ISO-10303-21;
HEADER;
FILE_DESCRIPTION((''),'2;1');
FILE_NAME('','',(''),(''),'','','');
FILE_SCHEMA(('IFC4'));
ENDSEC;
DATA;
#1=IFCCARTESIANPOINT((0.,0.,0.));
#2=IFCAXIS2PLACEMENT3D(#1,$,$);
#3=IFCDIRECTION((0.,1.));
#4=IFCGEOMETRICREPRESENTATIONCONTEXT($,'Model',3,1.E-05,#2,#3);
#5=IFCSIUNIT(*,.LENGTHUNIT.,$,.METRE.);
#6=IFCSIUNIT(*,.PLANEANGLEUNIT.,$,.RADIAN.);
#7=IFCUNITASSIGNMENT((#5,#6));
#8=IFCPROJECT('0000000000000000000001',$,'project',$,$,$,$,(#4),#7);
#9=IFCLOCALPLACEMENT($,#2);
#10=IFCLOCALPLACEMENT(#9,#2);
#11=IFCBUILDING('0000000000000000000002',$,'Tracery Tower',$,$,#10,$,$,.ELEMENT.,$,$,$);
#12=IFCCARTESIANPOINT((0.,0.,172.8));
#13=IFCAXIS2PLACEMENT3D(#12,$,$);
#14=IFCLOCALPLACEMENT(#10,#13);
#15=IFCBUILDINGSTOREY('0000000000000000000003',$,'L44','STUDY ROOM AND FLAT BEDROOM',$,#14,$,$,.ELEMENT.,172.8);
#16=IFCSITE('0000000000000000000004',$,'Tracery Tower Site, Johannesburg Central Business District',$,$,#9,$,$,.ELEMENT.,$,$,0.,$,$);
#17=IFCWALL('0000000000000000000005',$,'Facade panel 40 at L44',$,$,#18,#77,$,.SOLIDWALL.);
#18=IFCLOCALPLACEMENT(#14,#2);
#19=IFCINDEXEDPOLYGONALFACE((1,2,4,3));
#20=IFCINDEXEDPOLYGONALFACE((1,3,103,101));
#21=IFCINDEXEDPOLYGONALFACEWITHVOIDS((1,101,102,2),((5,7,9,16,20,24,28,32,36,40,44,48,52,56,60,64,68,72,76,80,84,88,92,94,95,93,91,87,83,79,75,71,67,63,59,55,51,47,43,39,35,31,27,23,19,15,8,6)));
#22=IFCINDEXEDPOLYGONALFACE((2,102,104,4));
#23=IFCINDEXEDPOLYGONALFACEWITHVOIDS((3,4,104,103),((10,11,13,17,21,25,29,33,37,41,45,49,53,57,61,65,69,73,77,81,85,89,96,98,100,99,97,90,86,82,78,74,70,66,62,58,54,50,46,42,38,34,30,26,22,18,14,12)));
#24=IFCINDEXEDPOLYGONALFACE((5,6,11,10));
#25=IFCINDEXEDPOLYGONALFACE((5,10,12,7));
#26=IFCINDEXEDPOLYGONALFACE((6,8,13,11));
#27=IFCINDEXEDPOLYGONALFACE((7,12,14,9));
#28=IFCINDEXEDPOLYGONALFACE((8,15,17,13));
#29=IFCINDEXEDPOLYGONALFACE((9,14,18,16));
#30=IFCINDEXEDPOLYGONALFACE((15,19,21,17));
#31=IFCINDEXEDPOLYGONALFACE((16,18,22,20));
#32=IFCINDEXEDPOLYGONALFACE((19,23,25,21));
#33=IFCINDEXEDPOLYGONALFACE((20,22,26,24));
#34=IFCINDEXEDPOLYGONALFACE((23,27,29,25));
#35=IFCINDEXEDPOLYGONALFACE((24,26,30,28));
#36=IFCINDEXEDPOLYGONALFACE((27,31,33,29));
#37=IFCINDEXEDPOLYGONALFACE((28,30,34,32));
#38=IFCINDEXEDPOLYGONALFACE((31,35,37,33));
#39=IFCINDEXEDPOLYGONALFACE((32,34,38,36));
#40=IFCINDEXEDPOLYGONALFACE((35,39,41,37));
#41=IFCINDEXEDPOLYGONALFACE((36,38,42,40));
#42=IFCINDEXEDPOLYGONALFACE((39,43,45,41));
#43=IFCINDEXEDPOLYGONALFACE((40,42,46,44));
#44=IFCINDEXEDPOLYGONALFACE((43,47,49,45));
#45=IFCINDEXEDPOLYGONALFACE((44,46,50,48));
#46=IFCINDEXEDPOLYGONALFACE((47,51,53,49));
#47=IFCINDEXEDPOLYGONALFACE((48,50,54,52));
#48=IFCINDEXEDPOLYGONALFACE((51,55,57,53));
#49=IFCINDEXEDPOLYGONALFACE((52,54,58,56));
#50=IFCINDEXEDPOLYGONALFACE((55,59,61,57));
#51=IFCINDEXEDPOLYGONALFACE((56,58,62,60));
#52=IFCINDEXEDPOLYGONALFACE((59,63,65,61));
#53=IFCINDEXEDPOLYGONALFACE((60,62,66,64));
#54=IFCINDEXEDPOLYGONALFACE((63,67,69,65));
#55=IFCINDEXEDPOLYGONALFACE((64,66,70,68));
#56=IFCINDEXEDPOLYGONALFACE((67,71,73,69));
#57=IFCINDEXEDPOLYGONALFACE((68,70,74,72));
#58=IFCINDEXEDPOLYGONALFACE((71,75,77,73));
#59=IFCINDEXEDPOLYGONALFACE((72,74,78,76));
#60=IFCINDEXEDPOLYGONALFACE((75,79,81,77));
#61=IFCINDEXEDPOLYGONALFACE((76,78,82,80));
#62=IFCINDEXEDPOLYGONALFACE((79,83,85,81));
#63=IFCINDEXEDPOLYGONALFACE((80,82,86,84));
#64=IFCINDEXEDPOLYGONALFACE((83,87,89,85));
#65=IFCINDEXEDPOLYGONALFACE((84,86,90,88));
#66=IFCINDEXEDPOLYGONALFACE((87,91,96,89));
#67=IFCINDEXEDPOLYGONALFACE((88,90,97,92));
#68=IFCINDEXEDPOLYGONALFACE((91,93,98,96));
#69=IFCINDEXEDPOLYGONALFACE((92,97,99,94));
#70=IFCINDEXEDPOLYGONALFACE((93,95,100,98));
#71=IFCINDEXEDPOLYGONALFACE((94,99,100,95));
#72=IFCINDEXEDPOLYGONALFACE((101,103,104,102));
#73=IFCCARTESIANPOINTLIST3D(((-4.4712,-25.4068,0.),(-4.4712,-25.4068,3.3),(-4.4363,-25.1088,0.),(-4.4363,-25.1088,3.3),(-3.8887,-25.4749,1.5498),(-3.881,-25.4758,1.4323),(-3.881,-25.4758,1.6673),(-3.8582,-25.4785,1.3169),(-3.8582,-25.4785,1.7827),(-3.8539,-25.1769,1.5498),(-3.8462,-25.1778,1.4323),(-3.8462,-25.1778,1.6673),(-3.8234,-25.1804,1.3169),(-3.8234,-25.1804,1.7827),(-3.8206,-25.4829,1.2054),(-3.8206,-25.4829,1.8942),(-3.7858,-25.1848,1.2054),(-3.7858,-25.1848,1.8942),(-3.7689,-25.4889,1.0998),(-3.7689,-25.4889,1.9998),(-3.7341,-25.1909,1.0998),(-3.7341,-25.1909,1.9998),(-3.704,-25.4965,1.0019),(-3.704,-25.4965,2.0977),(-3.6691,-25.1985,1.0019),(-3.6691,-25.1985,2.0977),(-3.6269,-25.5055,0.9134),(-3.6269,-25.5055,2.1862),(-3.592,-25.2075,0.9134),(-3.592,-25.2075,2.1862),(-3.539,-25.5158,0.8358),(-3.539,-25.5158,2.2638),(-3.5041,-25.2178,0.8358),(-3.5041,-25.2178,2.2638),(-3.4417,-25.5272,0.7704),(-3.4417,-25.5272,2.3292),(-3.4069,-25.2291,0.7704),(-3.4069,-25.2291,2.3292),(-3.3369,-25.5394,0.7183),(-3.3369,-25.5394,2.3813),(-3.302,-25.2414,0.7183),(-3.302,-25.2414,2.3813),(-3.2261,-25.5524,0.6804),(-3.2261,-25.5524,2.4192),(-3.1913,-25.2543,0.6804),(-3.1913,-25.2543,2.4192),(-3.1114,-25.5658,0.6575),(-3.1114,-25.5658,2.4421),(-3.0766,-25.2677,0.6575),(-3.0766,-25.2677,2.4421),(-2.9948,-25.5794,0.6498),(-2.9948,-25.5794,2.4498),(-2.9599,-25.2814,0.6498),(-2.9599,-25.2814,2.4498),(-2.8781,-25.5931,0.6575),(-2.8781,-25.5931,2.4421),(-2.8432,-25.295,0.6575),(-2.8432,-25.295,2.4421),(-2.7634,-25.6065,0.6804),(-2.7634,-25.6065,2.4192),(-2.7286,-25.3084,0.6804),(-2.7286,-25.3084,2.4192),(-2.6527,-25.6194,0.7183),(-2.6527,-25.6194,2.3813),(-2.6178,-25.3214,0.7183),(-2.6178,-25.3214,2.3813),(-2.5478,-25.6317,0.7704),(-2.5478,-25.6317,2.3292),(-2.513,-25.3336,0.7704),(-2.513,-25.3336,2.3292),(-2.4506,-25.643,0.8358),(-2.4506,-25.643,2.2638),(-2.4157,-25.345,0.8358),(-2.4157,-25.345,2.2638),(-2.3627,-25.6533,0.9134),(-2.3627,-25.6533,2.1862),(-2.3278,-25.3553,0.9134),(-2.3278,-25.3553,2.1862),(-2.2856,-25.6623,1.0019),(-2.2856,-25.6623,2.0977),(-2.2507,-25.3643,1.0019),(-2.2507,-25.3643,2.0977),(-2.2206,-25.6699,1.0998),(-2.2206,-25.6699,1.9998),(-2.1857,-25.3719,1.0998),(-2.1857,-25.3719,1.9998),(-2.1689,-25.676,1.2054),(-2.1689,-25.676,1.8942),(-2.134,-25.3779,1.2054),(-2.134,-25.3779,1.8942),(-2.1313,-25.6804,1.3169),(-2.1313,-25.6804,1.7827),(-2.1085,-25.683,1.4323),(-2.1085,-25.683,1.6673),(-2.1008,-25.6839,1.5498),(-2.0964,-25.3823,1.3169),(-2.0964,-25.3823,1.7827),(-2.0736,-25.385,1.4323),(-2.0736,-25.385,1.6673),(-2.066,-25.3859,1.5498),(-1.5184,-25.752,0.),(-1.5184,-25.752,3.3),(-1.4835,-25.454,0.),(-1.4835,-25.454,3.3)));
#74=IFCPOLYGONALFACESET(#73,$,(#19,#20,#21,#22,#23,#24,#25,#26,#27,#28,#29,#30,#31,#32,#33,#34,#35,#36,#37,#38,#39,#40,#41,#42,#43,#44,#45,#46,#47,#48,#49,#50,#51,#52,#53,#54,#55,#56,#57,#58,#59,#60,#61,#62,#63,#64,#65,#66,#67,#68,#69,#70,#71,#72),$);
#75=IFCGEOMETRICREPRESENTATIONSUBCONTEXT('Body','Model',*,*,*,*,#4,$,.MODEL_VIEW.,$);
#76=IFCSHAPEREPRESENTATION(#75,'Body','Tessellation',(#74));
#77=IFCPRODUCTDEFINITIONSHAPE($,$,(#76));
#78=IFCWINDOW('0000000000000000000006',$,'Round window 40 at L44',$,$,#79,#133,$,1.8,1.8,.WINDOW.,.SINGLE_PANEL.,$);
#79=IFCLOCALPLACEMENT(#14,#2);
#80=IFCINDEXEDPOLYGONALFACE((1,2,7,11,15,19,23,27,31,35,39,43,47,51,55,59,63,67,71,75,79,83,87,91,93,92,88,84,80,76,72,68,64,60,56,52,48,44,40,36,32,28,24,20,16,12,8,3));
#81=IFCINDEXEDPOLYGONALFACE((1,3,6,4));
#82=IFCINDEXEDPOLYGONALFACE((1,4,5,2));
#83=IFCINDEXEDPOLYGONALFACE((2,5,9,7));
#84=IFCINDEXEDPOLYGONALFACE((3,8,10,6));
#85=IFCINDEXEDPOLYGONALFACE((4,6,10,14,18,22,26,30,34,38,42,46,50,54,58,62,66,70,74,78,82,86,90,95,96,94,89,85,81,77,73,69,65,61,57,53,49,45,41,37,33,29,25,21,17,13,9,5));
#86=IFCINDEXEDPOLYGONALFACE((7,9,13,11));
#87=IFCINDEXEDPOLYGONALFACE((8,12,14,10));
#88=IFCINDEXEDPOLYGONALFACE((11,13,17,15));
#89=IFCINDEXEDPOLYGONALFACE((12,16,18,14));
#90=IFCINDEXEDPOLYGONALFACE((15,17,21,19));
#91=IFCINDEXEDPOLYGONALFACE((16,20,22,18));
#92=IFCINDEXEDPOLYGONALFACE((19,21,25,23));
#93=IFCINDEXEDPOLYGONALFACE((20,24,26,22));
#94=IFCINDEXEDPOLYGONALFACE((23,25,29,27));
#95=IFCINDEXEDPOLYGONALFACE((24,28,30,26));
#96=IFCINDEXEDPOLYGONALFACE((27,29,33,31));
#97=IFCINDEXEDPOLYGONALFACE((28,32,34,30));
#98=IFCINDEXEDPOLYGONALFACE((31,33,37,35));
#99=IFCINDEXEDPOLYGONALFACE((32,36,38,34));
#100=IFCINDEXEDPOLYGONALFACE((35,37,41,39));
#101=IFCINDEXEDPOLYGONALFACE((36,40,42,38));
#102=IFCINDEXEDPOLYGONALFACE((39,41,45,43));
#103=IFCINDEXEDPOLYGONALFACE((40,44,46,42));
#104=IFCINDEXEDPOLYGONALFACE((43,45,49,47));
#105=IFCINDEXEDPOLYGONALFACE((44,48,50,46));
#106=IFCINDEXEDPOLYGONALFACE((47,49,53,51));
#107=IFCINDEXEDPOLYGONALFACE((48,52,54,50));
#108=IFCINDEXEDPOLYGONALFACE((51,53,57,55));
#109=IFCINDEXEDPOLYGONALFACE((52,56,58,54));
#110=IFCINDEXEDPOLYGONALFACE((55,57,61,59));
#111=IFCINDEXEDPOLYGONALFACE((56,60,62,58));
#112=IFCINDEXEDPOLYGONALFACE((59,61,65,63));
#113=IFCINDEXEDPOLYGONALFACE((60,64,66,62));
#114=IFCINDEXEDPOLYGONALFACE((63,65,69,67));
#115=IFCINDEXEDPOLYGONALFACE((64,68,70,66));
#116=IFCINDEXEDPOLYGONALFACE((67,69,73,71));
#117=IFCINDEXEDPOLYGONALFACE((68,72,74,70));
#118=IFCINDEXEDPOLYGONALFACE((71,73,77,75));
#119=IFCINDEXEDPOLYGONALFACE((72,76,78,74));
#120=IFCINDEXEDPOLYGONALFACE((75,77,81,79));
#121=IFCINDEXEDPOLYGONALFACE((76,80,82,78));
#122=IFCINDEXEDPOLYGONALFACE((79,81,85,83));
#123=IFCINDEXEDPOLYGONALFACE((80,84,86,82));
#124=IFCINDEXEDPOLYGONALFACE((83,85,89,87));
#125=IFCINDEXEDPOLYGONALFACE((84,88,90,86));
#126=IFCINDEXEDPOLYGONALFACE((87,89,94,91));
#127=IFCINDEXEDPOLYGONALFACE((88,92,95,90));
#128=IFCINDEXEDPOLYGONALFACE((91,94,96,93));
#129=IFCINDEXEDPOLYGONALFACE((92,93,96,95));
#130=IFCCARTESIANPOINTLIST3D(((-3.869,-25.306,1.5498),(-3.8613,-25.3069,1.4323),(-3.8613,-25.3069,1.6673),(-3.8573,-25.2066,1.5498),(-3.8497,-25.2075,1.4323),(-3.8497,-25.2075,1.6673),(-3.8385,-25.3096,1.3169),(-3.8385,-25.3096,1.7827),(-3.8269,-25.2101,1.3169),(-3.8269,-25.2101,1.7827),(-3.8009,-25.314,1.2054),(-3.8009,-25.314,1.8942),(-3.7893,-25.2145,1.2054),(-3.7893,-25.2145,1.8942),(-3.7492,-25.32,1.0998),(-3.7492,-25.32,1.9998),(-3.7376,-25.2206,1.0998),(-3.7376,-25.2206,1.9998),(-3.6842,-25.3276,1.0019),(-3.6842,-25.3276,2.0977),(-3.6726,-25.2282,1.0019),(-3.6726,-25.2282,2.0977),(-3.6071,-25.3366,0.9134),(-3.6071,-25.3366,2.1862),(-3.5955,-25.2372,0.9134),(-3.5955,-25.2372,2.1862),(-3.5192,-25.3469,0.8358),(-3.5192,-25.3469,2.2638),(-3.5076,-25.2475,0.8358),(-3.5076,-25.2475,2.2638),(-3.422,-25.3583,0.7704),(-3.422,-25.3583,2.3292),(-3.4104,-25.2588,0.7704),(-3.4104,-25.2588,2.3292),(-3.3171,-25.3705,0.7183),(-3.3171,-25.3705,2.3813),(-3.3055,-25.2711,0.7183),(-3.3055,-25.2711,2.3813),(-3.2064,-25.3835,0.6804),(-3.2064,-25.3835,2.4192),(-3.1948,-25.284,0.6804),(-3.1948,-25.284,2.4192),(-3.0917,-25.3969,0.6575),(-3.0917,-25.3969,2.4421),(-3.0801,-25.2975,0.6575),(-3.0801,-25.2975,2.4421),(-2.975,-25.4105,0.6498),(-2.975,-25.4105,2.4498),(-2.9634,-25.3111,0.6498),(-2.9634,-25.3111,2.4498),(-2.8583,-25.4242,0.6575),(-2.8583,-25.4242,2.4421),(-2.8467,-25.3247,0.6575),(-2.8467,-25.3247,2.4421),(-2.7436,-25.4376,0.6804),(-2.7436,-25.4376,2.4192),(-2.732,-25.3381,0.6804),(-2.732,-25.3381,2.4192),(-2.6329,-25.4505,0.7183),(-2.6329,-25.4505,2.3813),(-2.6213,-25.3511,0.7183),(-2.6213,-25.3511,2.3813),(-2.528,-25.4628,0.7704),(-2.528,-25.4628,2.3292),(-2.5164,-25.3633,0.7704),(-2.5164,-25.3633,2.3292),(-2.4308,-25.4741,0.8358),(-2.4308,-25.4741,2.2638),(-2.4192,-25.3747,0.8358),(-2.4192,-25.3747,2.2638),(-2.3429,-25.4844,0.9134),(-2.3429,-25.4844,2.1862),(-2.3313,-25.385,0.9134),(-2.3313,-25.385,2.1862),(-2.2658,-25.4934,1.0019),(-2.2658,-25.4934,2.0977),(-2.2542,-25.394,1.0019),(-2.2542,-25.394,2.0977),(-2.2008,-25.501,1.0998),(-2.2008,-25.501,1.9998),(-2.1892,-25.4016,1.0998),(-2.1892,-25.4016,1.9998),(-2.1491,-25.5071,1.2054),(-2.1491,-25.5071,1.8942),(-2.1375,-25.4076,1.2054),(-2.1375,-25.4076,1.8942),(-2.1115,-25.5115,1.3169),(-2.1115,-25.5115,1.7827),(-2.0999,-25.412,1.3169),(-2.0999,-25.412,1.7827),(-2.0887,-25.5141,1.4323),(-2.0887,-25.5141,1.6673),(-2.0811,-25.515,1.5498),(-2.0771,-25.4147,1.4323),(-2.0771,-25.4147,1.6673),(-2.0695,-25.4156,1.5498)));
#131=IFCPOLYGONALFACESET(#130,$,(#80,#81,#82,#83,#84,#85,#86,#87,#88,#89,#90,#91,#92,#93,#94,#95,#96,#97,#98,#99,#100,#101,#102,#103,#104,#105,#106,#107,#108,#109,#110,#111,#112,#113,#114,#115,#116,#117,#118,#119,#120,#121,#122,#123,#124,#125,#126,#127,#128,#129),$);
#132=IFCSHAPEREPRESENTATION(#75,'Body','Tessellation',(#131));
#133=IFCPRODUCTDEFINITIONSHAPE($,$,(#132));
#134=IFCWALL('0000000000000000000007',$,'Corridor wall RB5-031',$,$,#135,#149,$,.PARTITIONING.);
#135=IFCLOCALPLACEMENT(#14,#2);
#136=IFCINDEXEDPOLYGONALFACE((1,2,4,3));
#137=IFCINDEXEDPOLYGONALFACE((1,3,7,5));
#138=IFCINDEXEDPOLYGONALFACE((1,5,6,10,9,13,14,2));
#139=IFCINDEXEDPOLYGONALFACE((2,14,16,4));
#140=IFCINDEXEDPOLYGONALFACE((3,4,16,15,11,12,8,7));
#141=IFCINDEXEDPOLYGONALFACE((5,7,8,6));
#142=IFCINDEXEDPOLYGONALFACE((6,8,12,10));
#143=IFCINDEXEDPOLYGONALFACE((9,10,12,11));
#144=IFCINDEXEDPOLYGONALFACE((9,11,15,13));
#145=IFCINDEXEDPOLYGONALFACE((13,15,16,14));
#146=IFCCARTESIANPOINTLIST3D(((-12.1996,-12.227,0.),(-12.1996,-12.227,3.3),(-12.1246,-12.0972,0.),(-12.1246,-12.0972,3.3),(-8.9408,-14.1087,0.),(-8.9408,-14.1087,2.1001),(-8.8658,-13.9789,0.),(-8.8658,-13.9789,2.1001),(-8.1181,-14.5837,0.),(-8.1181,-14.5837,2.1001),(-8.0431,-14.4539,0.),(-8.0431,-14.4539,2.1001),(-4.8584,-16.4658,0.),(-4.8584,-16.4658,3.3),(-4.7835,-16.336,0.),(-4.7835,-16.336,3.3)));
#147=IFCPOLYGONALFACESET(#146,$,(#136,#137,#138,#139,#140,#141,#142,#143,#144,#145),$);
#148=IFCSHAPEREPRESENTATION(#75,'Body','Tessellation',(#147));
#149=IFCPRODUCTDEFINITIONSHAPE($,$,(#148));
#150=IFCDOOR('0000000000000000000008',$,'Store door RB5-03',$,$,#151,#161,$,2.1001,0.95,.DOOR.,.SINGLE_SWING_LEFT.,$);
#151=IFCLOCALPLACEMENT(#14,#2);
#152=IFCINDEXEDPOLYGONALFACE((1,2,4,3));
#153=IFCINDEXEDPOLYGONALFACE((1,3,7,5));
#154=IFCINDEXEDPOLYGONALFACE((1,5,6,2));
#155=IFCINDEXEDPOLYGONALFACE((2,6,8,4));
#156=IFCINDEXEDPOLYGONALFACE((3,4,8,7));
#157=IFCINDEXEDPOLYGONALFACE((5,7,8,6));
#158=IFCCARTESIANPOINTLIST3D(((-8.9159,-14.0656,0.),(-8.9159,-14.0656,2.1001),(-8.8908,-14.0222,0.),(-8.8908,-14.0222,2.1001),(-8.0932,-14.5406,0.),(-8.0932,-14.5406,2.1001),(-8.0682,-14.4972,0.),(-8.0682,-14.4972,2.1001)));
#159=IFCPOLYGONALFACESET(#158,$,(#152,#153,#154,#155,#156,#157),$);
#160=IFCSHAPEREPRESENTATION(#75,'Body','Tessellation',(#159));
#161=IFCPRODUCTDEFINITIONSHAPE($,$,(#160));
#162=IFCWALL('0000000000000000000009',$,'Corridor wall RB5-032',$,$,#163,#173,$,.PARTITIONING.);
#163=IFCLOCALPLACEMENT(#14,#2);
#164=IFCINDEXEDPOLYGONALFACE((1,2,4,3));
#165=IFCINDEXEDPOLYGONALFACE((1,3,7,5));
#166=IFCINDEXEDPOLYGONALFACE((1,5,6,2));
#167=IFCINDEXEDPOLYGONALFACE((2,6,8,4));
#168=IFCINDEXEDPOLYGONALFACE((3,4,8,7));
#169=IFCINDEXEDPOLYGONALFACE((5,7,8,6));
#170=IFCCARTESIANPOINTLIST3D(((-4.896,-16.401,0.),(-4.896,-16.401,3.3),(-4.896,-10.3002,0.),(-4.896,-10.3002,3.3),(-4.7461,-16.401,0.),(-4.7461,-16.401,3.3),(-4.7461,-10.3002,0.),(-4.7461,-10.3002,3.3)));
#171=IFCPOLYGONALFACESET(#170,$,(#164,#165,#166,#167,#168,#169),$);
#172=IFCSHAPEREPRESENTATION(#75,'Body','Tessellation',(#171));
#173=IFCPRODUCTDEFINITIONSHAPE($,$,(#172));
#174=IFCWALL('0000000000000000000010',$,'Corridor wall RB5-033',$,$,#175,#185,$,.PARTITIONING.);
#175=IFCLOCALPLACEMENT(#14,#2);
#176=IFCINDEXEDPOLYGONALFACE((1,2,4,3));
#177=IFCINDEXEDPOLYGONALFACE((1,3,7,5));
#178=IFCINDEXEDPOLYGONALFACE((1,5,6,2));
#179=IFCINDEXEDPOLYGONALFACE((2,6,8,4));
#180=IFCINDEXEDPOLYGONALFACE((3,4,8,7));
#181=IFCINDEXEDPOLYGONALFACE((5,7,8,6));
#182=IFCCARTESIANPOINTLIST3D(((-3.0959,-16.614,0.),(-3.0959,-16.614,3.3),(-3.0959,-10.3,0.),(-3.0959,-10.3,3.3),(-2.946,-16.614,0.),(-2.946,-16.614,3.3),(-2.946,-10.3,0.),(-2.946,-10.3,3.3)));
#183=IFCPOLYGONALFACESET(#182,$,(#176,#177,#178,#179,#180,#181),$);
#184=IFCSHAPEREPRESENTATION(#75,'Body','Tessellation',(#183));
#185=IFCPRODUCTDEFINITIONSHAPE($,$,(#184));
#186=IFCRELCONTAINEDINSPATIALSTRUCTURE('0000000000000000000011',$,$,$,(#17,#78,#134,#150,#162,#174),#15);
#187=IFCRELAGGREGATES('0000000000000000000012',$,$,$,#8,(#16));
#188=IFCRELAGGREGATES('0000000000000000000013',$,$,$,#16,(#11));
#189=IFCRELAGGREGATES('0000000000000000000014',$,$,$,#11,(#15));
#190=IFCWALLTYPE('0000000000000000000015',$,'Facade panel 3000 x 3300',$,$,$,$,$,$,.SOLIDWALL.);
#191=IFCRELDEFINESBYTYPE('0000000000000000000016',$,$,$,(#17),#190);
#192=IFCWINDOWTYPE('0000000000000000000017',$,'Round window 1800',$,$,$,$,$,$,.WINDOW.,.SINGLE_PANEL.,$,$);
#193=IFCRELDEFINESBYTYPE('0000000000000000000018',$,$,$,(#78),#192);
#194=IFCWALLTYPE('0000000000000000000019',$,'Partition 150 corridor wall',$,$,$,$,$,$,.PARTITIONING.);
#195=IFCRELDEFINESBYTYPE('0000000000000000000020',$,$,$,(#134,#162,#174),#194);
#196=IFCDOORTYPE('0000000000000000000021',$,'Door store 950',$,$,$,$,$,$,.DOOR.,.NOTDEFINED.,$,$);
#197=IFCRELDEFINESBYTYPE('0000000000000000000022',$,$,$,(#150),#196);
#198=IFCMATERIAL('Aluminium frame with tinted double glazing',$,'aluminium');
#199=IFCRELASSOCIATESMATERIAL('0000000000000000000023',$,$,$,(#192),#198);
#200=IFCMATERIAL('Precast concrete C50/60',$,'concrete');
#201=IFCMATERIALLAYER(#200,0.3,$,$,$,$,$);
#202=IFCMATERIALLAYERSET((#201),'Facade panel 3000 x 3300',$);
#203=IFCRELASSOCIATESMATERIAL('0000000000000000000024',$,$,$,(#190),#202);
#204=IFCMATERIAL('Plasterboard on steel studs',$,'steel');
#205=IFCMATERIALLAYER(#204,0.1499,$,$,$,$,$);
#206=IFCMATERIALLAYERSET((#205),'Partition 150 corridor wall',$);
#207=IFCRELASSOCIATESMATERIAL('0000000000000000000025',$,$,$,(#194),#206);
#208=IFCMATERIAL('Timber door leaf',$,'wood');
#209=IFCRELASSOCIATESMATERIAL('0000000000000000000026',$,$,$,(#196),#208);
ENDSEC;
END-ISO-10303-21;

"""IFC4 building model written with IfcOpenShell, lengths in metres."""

from ifc_helpers import new_model, si_unit, direction, frame, frame_2d, origin, origin_2d, place, context, subcontext, project, spatial, rectangle, circle, extrude, material, layer, layer_set, type_object, element, fill, save


model = new_model("IFC4")

# Units and contexts
model_context = context("Model", 3, precision=1e-05, world=origin(), true_north=direction((0.0, 1.0)))
body_context = subcontext(model_context, "Body", "Model", "MODEL_VIEW")
ifc_project = project(units=[si_unit("LENGTHUNIT", "METRE"), si_unit("PLANEANGLEUNIT", "RADIAN")], contexts=[model_context])

# Site, building, storey
site_placement = place(None, origin())
site = spatial("IfcSite", under=ifc_project, at=site_placement, Name="Tracery Tower Site, Johannesburg Central Business District", CompositionType="ELEMENT", RefElevation=0.0)
building_placement = place(site_placement, origin())
building = spatial("IfcBuilding", under=site, at=building_placement, Name="Tracery Tower", CompositionType="ELEMENT")
storey_placement = place(building_placement, frame((0.0, 0.0, 172.8)))
storey = spatial("IfcBuildingStorey", under=building, at=storey_placement, Name="L44", Description="STUDY ROOM AND FLAT BEDROOM", CompositionType="ELEMENT", Elevation=172.8)

# Wall, opening, window
ifc_material_1 = material(Name="Aluminium frame with tinted double glazing", Category="aluminium")
window_type = type_object("IfcWindowType", Name="Round window 1800", PartitioningType="SINGLE_PANEL", PredefinedType="WINDOW", material=ifc_material_1)
ifc_material_2 = material(Name="Precast concrete C50/60", Category="concrete")
ifc_layer_1 = layer(ifc_material_2, 0.3)
ifc_layer_set_1 = layer_set([ifc_layer_1], Name="Facade panel 3000 x 3300")
wall_type_1 = type_object("IfcWallType", Name="Facade panel 3000 x 3300", PredefinedType="SOLIDWALL", material=ifc_layer_set_1)
wall_1_placement = place(storey_placement, frame((-4.4536, -25.2578, 0.0), z_axis=(0.0, 0.0, 1.0), x_axis=(0.993236, -0.116117, 0.0)))
wall_1 = element("IfcWall", 1, at=wall_1_placement, inside=storey, type_object=wall_type_1, Name="Facade panel 40 at L44", PredefinedType="SOLIDWALL", context=body_context, shape_type="SweptSolid", body=[
    extrude(rectangle(XDim=2.9729, YDim=0.3, at=frame_2d((1.4863, 0.0))), origin(), (0.0, 0.0, 1.0), 3.3),
])
opening_1_placement = place(wall_1_placement, frame((1.4863, 0.0, 1.5498)))
opening_1 = element("IfcOpeningElement", 2, at=opening_1_placement, cuts=wall_1, PredefinedType="OPENING", context=body_context, shape_type="SweptSolid", body=[
    extrude(circle(Radius=0.9, at=origin_2d()), frame((0.0, 0.1599, 0.0), z_axis=(0.0, -1.0, 0.0), x_axis=(1.0, 0.0, 0.0)), (0.0, 0.0, 1.0), 0.3201),
])
window_1_placement = place(opening_1_placement, origin())
window_1 = element("IfcWindow", 3, at=window_1_placement, inside=storey, type_object=window_type, Name="Round window 40 at L44", OverallHeight=1.8, OverallWidth=1.8, PartitioningType="SINGLE_PANEL", PredefinedType="WINDOW", context=body_context, shape_type="SweptSolid", body=[
    extrude(circle(Radius=0.9, at=origin_2d()), frame((0.0, 0.1201, 0.0), z_axis=(0.0, -1.0, 0.0), x_axis=(1.0, 0.0, 0.0)), (0.0, 0.0, 1.0), 0.1001),
])
fill(opening_1, window_1)

# Wall, opening, door
ifc_material_3 = material(Name="Plasterboard on steel studs", Category="steel")
ifc_layer_2 = layer(ifc_material_3, 0.1499)
ifc_layer_set_2 = layer_set([ifc_layer_2], Name="Partition 150 corridor wall")
wall_type_2 = type_object("IfcWallType", Name="Partition 150 corridor wall", PredefinedType="PARTITIONING", material=ifc_layer_set_2)
wall_2_placement = place(storey_placement, frame((-12.1621, -12.1621, 0.0), z_axis=(0.0, 0.0, 1.0), x_axis=(0.866005, -0.500036, 0.0)))
wall_2 = element("IfcWall", 4, at=wall_2_placement, inside=storey, type_object=wall_type_2, Name="Corridor wall RB5-031", PredefinedType="PARTITIONING", context=body_context, shape_type="SweptSolid", body=[
    extrude(rectangle(XDim=8.4771, YDim=0.1499, at=frame_2d((4.2385, 0.0))), origin(), (0.0, 0.0, 1.0), 3.3),
])
opening_2_placement = place(wall_2_placement, frame((3.7629, 0.0, 0.0)))
opening_2 = element("IfcOpeningElement", 5, at=opening_2_placement, cuts=wall_2, PredefinedType="OPENING", context=body_context, shape_type="SweptSolid", body=[
    extrude(rectangle(XDim=0.95, YDim=2.1001, at=frame_2d((0.4751, 1.05))), frame((0.0, 0.075, 0.0), z_axis=(0.0, -1.0, 0.0), x_axis=(1.0, 0.0, 0.0)), (0.0, 0.0, 1.0), 0.1499),
])
ifc_material_4 = material(Name="Timber door leaf", Category="wood")
door_type_1 = type_object("IfcDoorType", Name="Door store 950", OperationType="NOTDEFINED", PredefinedType="DOOR", material=ifc_material_4)
door_1_placement = place(opening_2_placement, origin())
door_1 = element("IfcDoor", 6, at=door_1_placement, inside=storey, type_object=door_type_1, Name="Store door RB5-03", OperationType="SINGLE_SWING_LEFT", OverallHeight=2.1001, OverallWidth=0.95, PredefinedType="DOOR", context=body_context, shape_type="SweptSolid", body=[
    extrude(rectangle(XDim=0.95, YDim=2.1001, at=frame_2d((0.4751, 1.05))), frame((0.0, 0.0249, 0.0), z_axis=(0.0, -1.0, 0.0), x_axis=(1.0, 0.0, 0.0)), (0.0, 0.0, 1.0), 0.05),
])
fill(opening_2, door_1)

# Walls
wall_3_placement = place(storey_placement, frame((-4.821, -16.4009, 0.0), z_axis=(0.0, 0.0, 1.0), x_axis=(0.0, 1.0, 0.0)))
element("IfcWall", 7, at=wall_3_placement, inside=storey, type_object=wall_type_2, Name="Corridor wall RB5-032", PredefinedType="PARTITIONING", context=body_context, shape_type="SweptSolid", body=[
    extrude(rectangle(XDim=6.1008, YDim=0.1499, at=frame_2d((3.0503, 0.0))), origin(), (0.0, 0.0, 1.0), 3.3),
])
wall_4_placement = place(storey_placement, frame((-3.021, -16.614, 0.0), z_axis=(0.0, 0.0, 1.0), x_axis=(0.0, 1.0, 0.0)))
element("IfcWall", 8, at=wall_4_placement, inside=storey, type_object=wall_type_2, Name="Corridor wall RB5-033", PredefinedType="PARTITIONING", context=body_context, shape_type="SweptSolid", body=[
    extrude(rectangle(XDim=6.314, YDim=0.1499, at=frame_2d((3.157, 0.0))), origin(), (0.0, 0.0, 1.0), 3.3),
])

save(model, "model.ifc")
